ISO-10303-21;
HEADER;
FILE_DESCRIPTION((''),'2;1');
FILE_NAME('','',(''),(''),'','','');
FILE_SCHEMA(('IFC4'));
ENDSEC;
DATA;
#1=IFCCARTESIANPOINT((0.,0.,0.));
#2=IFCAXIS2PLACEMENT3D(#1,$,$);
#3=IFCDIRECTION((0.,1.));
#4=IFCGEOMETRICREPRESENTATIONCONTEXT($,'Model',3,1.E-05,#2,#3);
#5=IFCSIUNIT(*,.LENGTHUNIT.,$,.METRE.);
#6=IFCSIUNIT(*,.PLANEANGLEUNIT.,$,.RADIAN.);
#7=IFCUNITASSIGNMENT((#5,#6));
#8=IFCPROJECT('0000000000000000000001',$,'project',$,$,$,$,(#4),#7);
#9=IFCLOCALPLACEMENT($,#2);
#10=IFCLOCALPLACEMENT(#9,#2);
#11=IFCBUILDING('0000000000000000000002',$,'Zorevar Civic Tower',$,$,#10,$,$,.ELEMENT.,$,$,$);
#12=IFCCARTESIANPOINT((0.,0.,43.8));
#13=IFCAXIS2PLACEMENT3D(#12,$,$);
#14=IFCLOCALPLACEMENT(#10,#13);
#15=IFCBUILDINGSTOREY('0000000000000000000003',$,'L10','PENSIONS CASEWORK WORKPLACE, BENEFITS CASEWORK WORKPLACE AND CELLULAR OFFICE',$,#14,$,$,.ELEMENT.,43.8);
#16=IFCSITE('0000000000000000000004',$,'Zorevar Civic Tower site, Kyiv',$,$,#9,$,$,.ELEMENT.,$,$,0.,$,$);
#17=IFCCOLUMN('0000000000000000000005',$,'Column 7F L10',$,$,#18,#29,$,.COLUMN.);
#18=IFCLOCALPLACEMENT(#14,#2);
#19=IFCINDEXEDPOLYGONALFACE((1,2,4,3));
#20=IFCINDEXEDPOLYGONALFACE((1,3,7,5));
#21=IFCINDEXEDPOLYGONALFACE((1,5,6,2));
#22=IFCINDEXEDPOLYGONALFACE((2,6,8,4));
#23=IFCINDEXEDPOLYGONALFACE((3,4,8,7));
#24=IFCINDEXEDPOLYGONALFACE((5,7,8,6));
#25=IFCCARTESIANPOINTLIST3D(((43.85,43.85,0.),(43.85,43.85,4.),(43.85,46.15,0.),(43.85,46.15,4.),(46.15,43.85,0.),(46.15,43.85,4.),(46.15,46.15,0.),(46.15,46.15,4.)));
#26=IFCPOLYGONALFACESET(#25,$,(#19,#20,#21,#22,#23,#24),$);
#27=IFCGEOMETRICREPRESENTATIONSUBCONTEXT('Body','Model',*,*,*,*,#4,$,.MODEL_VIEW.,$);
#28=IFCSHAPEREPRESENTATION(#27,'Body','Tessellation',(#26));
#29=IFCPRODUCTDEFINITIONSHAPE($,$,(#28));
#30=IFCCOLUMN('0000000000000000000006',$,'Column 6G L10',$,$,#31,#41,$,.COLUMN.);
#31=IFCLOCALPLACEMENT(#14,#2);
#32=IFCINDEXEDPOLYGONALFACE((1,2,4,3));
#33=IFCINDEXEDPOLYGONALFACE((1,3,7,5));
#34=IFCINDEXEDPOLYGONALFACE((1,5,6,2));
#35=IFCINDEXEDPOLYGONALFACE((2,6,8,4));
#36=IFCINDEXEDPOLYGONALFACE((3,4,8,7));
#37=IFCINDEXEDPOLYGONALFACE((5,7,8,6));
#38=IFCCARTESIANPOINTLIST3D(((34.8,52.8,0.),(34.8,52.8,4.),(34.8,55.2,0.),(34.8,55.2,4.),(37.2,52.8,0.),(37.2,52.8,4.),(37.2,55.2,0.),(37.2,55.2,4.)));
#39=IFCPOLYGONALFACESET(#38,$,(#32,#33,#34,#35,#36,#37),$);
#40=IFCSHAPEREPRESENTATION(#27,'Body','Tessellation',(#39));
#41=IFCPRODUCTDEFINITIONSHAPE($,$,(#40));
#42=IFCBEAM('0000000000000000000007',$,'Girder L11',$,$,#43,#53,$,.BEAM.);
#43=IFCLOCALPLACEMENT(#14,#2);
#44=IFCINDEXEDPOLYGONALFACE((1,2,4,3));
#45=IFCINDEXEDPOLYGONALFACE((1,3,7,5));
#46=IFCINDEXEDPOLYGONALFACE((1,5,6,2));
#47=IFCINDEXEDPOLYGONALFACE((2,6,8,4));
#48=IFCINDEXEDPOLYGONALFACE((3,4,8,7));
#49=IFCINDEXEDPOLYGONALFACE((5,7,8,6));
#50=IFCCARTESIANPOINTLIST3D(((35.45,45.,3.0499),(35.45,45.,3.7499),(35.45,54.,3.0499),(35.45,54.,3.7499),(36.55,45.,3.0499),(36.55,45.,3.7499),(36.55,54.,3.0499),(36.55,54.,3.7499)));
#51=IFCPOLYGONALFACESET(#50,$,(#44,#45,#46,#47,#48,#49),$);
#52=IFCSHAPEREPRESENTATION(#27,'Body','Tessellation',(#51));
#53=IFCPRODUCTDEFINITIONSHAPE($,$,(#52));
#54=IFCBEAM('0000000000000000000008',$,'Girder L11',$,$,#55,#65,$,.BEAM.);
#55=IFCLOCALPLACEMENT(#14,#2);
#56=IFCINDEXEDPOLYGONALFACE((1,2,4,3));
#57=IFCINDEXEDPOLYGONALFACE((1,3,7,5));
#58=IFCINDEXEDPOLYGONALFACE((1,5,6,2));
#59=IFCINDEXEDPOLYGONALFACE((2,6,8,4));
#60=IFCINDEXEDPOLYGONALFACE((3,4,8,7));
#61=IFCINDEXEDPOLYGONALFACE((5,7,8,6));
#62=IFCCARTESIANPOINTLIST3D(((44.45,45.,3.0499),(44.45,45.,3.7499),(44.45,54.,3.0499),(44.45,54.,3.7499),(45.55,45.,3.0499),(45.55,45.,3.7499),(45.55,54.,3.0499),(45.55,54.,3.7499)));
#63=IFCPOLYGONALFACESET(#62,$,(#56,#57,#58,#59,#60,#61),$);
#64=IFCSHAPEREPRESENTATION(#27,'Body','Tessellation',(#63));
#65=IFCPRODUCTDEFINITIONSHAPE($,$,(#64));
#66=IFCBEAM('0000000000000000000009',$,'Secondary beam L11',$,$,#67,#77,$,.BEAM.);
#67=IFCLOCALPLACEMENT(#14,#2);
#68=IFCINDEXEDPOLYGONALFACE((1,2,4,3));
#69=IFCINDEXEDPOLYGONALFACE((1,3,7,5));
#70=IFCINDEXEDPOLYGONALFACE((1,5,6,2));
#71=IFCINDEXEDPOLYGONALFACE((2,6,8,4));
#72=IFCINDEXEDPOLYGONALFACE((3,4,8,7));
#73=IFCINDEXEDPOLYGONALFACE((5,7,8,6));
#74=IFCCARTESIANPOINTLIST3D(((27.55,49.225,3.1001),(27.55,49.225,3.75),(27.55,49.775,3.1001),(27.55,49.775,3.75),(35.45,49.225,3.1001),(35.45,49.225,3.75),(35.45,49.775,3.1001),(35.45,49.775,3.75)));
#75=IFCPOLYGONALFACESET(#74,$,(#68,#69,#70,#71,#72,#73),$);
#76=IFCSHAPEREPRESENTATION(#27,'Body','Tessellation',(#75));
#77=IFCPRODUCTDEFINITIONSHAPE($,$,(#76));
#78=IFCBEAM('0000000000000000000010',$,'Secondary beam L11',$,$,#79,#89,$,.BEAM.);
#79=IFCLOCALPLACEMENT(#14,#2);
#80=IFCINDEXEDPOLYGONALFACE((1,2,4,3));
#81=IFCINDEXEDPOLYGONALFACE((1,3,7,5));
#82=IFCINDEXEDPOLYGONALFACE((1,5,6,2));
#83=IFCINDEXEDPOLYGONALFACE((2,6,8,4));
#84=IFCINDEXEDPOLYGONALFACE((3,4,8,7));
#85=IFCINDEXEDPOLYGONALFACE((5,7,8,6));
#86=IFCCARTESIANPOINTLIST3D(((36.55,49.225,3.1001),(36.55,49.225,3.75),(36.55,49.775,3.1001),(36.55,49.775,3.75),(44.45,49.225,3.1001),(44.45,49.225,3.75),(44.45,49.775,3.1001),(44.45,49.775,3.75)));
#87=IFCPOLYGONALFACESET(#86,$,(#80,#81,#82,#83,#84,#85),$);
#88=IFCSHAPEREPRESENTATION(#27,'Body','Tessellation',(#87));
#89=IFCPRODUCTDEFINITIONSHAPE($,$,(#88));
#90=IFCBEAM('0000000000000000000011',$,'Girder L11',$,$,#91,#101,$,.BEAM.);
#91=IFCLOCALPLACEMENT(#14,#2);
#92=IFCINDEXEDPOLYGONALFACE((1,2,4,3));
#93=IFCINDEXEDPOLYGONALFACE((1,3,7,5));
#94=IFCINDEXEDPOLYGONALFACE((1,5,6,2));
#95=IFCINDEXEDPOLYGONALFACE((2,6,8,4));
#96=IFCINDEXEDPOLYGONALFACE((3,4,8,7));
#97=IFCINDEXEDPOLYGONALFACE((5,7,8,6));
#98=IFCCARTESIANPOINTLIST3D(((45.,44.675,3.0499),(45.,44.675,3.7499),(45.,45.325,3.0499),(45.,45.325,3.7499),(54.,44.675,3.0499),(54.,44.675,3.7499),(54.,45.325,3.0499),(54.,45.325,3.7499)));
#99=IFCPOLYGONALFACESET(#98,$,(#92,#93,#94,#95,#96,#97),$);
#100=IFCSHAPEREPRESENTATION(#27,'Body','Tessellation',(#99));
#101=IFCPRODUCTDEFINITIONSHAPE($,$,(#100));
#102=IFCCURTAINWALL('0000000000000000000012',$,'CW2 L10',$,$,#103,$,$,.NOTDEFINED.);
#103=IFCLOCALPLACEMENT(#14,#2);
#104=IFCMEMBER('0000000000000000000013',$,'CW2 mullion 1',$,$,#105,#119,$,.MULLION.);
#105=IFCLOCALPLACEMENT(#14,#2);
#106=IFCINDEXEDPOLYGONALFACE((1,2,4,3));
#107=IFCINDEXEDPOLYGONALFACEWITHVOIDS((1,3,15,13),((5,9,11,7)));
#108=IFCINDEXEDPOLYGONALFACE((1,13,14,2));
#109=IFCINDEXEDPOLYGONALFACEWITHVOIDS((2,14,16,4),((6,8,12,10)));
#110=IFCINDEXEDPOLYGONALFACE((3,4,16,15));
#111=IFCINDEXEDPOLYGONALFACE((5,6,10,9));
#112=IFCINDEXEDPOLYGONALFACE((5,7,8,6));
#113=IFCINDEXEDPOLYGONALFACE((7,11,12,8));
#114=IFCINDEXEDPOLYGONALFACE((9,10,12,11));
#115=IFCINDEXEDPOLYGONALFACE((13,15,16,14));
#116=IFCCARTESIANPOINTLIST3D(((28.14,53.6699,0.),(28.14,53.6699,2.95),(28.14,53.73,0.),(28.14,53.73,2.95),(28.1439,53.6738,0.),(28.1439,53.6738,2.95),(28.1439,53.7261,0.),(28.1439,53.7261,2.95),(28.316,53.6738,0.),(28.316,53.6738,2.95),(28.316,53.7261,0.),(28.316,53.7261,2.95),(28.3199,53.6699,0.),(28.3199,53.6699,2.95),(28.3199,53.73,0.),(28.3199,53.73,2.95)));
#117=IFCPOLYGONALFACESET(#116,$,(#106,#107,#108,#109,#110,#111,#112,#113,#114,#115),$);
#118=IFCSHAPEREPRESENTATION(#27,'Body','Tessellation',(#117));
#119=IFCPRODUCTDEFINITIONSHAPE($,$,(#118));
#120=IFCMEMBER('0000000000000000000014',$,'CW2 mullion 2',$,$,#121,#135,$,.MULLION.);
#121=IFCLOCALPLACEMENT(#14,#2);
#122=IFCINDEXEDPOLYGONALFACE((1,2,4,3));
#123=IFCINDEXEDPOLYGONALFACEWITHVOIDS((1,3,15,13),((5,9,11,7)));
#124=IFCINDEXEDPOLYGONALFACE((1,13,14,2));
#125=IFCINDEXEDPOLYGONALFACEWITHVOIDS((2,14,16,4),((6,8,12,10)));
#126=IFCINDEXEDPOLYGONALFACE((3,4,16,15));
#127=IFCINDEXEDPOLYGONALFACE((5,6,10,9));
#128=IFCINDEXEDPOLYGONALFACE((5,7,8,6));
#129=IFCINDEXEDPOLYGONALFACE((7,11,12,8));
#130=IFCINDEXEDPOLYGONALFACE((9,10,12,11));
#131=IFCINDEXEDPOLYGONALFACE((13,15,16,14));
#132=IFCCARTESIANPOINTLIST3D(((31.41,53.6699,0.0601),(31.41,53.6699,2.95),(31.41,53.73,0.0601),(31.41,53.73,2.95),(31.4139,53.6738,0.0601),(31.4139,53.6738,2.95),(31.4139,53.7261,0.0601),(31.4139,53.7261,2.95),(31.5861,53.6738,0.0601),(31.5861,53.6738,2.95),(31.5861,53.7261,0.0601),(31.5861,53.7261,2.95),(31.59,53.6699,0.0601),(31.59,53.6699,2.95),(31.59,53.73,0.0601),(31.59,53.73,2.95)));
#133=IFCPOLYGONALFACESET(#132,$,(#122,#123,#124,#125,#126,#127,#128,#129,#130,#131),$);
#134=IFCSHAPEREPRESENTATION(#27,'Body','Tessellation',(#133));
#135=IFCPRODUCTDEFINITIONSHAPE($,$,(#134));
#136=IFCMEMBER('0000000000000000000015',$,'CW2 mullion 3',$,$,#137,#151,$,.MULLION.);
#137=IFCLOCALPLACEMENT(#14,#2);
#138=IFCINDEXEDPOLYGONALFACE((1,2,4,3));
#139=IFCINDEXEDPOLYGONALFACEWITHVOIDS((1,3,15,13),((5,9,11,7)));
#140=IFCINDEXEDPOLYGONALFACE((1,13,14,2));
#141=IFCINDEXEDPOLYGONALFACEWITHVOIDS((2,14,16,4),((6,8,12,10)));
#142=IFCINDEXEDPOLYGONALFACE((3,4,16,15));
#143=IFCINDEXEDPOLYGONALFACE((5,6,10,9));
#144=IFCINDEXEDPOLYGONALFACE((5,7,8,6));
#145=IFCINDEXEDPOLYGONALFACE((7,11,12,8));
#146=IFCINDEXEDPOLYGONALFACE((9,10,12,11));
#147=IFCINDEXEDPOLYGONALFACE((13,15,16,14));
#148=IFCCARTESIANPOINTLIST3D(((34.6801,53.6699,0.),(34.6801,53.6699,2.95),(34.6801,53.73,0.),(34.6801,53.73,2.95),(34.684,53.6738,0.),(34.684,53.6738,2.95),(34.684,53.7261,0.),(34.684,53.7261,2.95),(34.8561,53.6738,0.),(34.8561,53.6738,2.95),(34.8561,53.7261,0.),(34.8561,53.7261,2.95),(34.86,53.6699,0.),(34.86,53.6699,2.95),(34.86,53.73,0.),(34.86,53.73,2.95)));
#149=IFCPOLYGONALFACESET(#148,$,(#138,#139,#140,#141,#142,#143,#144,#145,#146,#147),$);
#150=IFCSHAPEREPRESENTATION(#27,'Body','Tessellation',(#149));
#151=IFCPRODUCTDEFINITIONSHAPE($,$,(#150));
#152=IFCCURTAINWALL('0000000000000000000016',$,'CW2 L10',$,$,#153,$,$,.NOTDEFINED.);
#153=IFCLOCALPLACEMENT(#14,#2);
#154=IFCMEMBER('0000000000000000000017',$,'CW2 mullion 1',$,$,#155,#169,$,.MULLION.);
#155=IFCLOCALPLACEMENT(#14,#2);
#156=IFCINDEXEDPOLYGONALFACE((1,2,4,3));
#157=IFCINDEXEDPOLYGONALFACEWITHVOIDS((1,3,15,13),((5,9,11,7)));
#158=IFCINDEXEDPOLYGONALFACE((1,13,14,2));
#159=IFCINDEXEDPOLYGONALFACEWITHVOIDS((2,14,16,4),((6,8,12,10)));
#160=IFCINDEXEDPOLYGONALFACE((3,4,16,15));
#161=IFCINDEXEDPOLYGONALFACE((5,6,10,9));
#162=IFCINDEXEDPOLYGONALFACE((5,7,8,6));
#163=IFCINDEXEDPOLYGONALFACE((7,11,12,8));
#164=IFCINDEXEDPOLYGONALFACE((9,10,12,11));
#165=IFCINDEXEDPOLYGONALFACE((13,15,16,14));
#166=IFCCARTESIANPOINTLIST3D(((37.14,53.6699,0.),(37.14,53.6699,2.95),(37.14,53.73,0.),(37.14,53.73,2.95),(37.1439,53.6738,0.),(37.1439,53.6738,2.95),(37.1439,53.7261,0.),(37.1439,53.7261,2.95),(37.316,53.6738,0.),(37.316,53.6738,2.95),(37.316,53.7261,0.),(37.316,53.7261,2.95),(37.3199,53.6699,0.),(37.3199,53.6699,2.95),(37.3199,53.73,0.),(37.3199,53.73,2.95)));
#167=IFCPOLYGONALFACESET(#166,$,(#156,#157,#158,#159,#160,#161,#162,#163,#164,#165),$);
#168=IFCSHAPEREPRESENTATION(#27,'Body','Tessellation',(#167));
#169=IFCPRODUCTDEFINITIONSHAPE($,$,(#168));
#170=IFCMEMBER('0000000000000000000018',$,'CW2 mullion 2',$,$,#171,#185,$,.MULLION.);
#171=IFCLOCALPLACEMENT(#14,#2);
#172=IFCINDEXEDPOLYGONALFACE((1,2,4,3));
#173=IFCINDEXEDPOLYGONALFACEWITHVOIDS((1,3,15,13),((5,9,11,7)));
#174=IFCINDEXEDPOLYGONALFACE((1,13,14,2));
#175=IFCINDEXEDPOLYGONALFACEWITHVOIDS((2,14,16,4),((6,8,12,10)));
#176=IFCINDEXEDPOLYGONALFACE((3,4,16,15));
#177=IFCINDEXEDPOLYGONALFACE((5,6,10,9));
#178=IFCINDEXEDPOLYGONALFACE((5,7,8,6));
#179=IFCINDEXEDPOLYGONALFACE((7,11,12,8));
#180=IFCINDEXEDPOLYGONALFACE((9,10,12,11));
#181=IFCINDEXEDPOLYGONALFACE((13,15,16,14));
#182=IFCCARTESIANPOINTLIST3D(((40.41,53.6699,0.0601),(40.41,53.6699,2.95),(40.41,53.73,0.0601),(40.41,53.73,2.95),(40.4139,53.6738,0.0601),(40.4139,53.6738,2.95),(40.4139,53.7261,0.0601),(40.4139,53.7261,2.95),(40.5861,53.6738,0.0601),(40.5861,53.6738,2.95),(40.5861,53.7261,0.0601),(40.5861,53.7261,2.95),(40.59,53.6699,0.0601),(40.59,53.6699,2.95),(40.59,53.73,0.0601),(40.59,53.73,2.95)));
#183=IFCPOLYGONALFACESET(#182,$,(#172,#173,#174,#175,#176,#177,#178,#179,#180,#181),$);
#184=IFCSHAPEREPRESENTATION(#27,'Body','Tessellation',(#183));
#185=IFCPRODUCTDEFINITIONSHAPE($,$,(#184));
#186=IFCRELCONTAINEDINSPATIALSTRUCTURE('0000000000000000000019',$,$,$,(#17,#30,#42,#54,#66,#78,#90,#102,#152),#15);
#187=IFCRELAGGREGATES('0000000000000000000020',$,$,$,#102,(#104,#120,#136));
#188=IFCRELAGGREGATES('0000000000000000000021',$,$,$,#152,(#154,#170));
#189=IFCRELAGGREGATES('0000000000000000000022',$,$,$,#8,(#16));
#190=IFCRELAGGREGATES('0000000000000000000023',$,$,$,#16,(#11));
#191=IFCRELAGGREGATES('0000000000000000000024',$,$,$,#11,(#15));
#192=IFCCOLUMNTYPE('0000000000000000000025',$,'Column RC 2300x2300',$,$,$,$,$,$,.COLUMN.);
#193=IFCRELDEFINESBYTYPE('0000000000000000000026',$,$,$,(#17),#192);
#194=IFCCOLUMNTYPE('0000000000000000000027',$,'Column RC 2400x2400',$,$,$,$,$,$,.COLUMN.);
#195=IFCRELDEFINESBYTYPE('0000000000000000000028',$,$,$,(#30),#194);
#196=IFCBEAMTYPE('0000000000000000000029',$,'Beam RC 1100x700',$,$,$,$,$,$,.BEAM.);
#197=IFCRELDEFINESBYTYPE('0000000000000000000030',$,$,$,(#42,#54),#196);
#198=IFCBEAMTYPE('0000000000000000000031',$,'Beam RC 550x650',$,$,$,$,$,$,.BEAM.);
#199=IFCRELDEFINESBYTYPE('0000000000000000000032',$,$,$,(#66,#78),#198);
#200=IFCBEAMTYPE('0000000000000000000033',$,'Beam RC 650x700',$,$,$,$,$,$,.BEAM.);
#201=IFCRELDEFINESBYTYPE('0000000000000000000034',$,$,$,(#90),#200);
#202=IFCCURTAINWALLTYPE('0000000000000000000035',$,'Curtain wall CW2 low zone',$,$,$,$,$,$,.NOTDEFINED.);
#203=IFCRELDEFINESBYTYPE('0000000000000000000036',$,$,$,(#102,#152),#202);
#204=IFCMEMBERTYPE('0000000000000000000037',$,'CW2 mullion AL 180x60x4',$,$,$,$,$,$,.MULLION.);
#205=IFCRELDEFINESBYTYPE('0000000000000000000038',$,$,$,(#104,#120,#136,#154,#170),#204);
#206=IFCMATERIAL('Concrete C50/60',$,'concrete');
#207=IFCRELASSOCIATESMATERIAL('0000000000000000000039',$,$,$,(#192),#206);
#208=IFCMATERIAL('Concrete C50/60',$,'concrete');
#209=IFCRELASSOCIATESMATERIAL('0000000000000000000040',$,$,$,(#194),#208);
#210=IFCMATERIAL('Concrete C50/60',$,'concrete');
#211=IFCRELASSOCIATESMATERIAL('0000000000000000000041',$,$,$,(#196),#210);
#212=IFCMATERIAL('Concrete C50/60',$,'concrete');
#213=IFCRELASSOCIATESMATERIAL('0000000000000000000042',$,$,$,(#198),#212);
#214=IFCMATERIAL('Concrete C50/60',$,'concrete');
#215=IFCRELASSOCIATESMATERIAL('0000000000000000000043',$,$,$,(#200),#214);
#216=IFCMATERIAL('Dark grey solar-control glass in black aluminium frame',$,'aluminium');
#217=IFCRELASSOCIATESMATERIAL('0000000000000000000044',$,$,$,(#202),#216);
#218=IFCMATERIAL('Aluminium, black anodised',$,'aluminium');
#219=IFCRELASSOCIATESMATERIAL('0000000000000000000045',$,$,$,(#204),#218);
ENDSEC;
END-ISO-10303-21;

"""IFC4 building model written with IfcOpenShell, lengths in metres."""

from ifc_helpers import new_model, si_unit, direction, frame, origin, origin_2d, place, context, subcontext, project, spatial, rectangle, hollow_rectangle, extrude, material, material_profile, profile_set, type_object, element, aggregate, save


model = new_model("IFC4")

# Units and contexts
model_context = context("Model", 3, precision=1e-05, world=origin(), true_north=direction((0.0, 1.0)))
body_context = subcontext(model_context, "Body", "Model", "MODEL_VIEW")
ifc_project = project(units=[si_unit("LENGTHUNIT", "METRE"), si_unit("PLANEANGLEUNIT", "RADIAN")], contexts=[model_context])

# Site, building, storey
site_placement = place(None, origin())
site = spatial("IfcSite", under=ifc_project, at=site_placement, Name="Zorevar Civic Tower site, Kyiv", CompositionType="ELEMENT", RefElevation=0.0)
building_placement = place(site_placement, origin())
building = spatial("IfcBuilding", under=site, at=building_placement, Name="Zorevar Civic Tower", CompositionType="ELEMENT")
storey_placement = place(building_placement, frame((0.0, 0.0, 43.8)))
storey = spatial("IfcBuildingStorey", under=building, at=storey_placement, Name="L10", Description="PENSIONS CASEWORK WORKPLACE, BENEFITS CASEWORK WORKPLACE AND CELLULAR OFFICE", CompositionType="ELEMENT", Elevation=43.8)

# Columns
ifc_material_1 = material(Name="Concrete C50/60", Category="concrete")
ifc_material_profile_1 = material_profile(ifc_material_1, rectangle(XDim=2.3, YDim=2.3, at=origin_2d()), Name="RC 2300x2300")
ifc_profile_set_1 = profile_set([ifc_material_profile_1], Name="Concrete C50/60")
column_type_1 = type_object("IfcColumnType", Name="Column RC 2300x2300", PredefinedType="COLUMN", material=ifc_profile_set_1)
column_1_placement = place(storey_placement, frame((45.0, 45.0, 0.0), z_axis=(0.0, 0.0, 1.0), x_axis=(1.0, 0.0, 0.0)))
element("IfcColumn", 1, at=column_1_placement, inside=storey, type_object=column_type_1, Name="Column 7F L10", PredefinedType="COLUMN", context=body_context, shape_type="SweptSolid", body=[
    extrude(rectangle(XDim=2.3, YDim=2.3, at=origin_2d()), origin(), (0.0, 0.0, 1.0), 4.0),
])
ifc_material_2 = material(Name="Concrete C50/60", Category="concrete")
ifc_material_profile_2 = material_profile(ifc_material_2, rectangle(XDim=2.3999, YDim=2.3999, at=origin_2d()), Name="RC 2400x2400")
ifc_profile_set_2 = profile_set([ifc_material_profile_2], Name="Concrete C50/60")
column_type_2 = type_object("IfcColumnType", Name="Column RC 2400x2400", PredefinedType="COLUMN", material=ifc_profile_set_2)
column_2_placement = place(storey_placement, frame((36.0, 54.0, 0.0), z_axis=(0.0, 0.0, 1.0), x_axis=(1.0, 0.0, 0.0)))
element("IfcColumn", 2, at=column_2_placement, inside=storey, type_object=column_type_2, Name="Column 6G L10", PredefinedType="COLUMN", context=body_context, shape_type="SweptSolid", body=[
    extrude(rectangle(XDim=2.3999, YDim=2.3999, at=origin_2d()), origin(), (0.0, 0.0, 1.0), 4.0),
])

# Beams
ifc_material_3 = material(Name="Concrete C50/60", Category="concrete")
ifc_material_profile_3 = material_profile(ifc_material_3, rectangle(XDim=1.1001, YDim=0.7, at=origin_2d()), Name="RC 1100x700")
ifc_profile_set_3 = profile_set([ifc_material_profile_3], Name="Concrete C50/60")
beam_type_1 = type_object("IfcBeamType", Name="Beam RC 1100x700", PredefinedType="BEAM", material=ifc_profile_set_3)
for number, where, z_axis, x_axis, name in (
    (3, (36.0, 45.0, 3.3999), (0.0, 1.0, 0.0), (-1.0, 0.0, 0.0), "Girder L11"),
    (4, (45.0, 45.0, 3.3999), (0.0, 1.0, 0.0), (-1.0, 0.0, 0.0), "Girder L11"),
):
    element("IfcBeam", number, at=place(storey_placement, frame(where, z_axis=z_axis, x_axis=x_axis)), inside=storey, type_object=beam_type_1, Name=name, PredefinedType="BEAM", context=body_context, shape_type="SweptSolid", body=[
        extrude(rectangle(XDim=1.1001, YDim=0.7, at=origin_2d()), origin(), (0.0, 0.0, 1.0), 9.0),
    ])
ifc_material_4 = material(Name="Concrete C50/60", Category="concrete")
ifc_material_profile_4 = material_profile(ifc_material_4, rectangle(XDim=0.55, YDim=0.6499, at=origin_2d()), Name="RC 550x650")
ifc_profile_set_4 = profile_set([ifc_material_profile_4], Name="Concrete C50/60")
beam_type_2 = type_object("IfcBeamType", Name="Beam RC 550x650", PredefinedType="BEAM", material=ifc_profile_set_4)
for number, where, z_axis, x_axis, name in (
    (5, (27.55, 49.5, 3.425), (1.0, 0.0, 0.0), (0.0, 1.0, 0.0), "Secondary beam L11"),
    (6, (36.55, 49.5, 3.425), (1.0, 0.0, 0.0), (0.0, 1.0, 0.0), "Secondary beam L11"),
):
    element("IfcBeam", number, at=place(storey_placement, frame(where, z_axis=z_axis, x_axis=x_axis)), inside=storey, type_object=beam_type_2, Name=name, PredefinedType="BEAM", context=body_context, shape_type="SweptSolid", body=[
        extrude(rectangle(XDim=0.55, YDim=0.6499, at=origin_2d()), origin(), (0.0, 0.0, 1.0), 7.8999),
    ])
ifc_material_5 = material(Name="Concrete C50/60", Category="concrete")
ifc_material_profile_5 = material_profile(ifc_material_5, rectangle(XDim=0.6499, YDim=0.7, at=origin_2d()), Name="RC 650x700")
ifc_profile_set_5 = profile_set([ifc_material_profile_5], Name="Concrete C50/60")
beam_type_3 = type_object("IfcBeamType", Name="Beam RC 650x700", PredefinedType="BEAM", material=ifc_profile_set_5)
beam_placement = place(storey_placement, frame((45.0, 45.0, 3.3999), z_axis=(1.0, 0.0, 0.0), x_axis=(0.0, 1.0, 0.0)))
element("IfcBeam", 7, at=beam_placement, inside=storey, type_object=beam_type_3, Name="Girder L11", PredefinedType="BEAM", context=body_context, shape_type="SweptSolid", body=[
    extrude(rectangle(XDim=0.6499, YDim=0.7, at=origin_2d()), origin(), (0.0, 0.0, 1.0), 9.0),
])

# Curtain walls, members
ifc_material_6 = material(Name="Dark grey solar-control glass in black aluminium frame", Category="aluminium")
curtain_wall_type = type_object("IfcCurtainWallType", Name="Curtain wall CW2 low zone", PredefinedType="NOTDEFINED", material=ifc_material_6)
curtain_wall_1_placement = place(storey_placement, origin())
curtain_wall_1 = element("IfcCurtainWall", 8, at=curtain_wall_1_placement, inside=storey, type_object=curtain_wall_type, Name="CW2 L10", PredefinedType="NOTDEFINED")
ifc_material_7 = material(Name="Aluminium, black anodised", Category="aluminium")
ifc_material_profile_6 = material_profile(ifc_material_7, hollow_rectangle(XDim=0.0601, YDim=0.1799, WallThickness=0.0039, at=origin_2d()), Name="AL 180x60x4")
ifc_profile_set_6 = profile_set([ifc_material_profile_6], Name="Aluminium, black anodised")
member_type_1 = type_object("IfcMemberType", Name="CW2 mullion AL 180x60x4", PredefinedType="MULLION", material=ifc_profile_set_6)
member_1_placement = place(storey_placement, frame((28.23, 53.7, 0.0), z_axis=(0.0, 0.0, 1.0), x_axis=(0.0, 1.0, 0.0)))
member_1 = element("IfcMember", 9, at=member_1_placement, type_object=member_type_1, Name="CW2 mullion 1", PredefinedType="MULLION", context=body_context, shape_type="SweptSolid", body=[
    extrude(hollow_rectangle(XDim=0.0601, YDim=0.1799, WallThickness=0.0039, at=origin_2d()), origin(), (0.0, 0.0, 1.0), 2.95),
])
member_2_placement = place(storey_placement, frame((31.5, 53.7, 0.0601), z_axis=(0.0, 0.0, 1.0), x_axis=(0.0, 1.0, 0.0)))
member_2 = element("IfcMember", 10, at=member_2_placement, type_object=member_type_1, Name="CW2 mullion 2", PredefinedType="MULLION", context=body_context, shape_type="SweptSolid", body=[
    extrude(hollow_rectangle(XDim=0.0601, YDim=0.1799, WallThickness=0.0039, at=origin_2d()), origin(), (0.0, 0.0, 1.0), 2.8899),
])
member_3_placement = place(storey_placement, frame((34.77, 53.7, 0.0), z_axis=(0.0, 0.0, 1.0), x_axis=(0.0, 1.0, 0.0)))
member_3 = element("IfcMember", 11, at=member_3_placement, type_object=member_type_1, Name="CW2 mullion 3", PredefinedType="MULLION", context=body_context, shape_type="SweptSolid", body=[
    extrude(hollow_rectangle(XDim=0.0601, YDim=0.1799, WallThickness=0.0039, at=origin_2d()), origin(), (0.0, 0.0, 1.0), 2.95),
])
curtain_wall_2_placement = place(storey_placement, origin())
curtain_wall_2 = element("IfcCurtainWall", 12, at=curtain_wall_2_placement, inside=storey, type_object=curtain_wall_type, Name="CW2 L10", PredefinedType="NOTDEFINED")
member_4_placement = place(storey_placement, frame((37.23, 53.7, 0.0), z_axis=(0.0, 0.0, 1.0), x_axis=(0.0, 1.0, 0.0)))
member_4 = element("IfcMember", 13, at=member_4_placement, type_object=member_type_1, Name="CW2 mullion 1", PredefinedType="MULLION", context=body_context, shape_type="SweptSolid", body=[
    extrude(hollow_rectangle(XDim=0.0601, YDim=0.1799, WallThickness=0.0039, at=origin_2d()), origin(), (0.0, 0.0, 1.0), 2.95),
])
member_5_placement = place(storey_placement, frame((40.5, 53.7, 0.0601), z_axis=(0.0, 0.0, 1.0), x_axis=(0.0, 1.0, 0.0)))
member_5 = element("IfcMember", 14, at=member_5_placement, type_object=member_type_1, Name="CW2 mullion 2", PredefinedType="MULLION", context=body_context, shape_type="SweptSolid", body=[
    extrude(hollow_rectangle(XDim=0.0601, YDim=0.1799, WallThickness=0.0039, at=origin_2d()), origin(), (0.0, 0.0, 1.0), 2.8899),
])

aggregate(curtain_wall_1, [member_1, member_2, member_3])
aggregate(curtain_wall_2, [member_4, member_5])

save(model, "model.ifc")
